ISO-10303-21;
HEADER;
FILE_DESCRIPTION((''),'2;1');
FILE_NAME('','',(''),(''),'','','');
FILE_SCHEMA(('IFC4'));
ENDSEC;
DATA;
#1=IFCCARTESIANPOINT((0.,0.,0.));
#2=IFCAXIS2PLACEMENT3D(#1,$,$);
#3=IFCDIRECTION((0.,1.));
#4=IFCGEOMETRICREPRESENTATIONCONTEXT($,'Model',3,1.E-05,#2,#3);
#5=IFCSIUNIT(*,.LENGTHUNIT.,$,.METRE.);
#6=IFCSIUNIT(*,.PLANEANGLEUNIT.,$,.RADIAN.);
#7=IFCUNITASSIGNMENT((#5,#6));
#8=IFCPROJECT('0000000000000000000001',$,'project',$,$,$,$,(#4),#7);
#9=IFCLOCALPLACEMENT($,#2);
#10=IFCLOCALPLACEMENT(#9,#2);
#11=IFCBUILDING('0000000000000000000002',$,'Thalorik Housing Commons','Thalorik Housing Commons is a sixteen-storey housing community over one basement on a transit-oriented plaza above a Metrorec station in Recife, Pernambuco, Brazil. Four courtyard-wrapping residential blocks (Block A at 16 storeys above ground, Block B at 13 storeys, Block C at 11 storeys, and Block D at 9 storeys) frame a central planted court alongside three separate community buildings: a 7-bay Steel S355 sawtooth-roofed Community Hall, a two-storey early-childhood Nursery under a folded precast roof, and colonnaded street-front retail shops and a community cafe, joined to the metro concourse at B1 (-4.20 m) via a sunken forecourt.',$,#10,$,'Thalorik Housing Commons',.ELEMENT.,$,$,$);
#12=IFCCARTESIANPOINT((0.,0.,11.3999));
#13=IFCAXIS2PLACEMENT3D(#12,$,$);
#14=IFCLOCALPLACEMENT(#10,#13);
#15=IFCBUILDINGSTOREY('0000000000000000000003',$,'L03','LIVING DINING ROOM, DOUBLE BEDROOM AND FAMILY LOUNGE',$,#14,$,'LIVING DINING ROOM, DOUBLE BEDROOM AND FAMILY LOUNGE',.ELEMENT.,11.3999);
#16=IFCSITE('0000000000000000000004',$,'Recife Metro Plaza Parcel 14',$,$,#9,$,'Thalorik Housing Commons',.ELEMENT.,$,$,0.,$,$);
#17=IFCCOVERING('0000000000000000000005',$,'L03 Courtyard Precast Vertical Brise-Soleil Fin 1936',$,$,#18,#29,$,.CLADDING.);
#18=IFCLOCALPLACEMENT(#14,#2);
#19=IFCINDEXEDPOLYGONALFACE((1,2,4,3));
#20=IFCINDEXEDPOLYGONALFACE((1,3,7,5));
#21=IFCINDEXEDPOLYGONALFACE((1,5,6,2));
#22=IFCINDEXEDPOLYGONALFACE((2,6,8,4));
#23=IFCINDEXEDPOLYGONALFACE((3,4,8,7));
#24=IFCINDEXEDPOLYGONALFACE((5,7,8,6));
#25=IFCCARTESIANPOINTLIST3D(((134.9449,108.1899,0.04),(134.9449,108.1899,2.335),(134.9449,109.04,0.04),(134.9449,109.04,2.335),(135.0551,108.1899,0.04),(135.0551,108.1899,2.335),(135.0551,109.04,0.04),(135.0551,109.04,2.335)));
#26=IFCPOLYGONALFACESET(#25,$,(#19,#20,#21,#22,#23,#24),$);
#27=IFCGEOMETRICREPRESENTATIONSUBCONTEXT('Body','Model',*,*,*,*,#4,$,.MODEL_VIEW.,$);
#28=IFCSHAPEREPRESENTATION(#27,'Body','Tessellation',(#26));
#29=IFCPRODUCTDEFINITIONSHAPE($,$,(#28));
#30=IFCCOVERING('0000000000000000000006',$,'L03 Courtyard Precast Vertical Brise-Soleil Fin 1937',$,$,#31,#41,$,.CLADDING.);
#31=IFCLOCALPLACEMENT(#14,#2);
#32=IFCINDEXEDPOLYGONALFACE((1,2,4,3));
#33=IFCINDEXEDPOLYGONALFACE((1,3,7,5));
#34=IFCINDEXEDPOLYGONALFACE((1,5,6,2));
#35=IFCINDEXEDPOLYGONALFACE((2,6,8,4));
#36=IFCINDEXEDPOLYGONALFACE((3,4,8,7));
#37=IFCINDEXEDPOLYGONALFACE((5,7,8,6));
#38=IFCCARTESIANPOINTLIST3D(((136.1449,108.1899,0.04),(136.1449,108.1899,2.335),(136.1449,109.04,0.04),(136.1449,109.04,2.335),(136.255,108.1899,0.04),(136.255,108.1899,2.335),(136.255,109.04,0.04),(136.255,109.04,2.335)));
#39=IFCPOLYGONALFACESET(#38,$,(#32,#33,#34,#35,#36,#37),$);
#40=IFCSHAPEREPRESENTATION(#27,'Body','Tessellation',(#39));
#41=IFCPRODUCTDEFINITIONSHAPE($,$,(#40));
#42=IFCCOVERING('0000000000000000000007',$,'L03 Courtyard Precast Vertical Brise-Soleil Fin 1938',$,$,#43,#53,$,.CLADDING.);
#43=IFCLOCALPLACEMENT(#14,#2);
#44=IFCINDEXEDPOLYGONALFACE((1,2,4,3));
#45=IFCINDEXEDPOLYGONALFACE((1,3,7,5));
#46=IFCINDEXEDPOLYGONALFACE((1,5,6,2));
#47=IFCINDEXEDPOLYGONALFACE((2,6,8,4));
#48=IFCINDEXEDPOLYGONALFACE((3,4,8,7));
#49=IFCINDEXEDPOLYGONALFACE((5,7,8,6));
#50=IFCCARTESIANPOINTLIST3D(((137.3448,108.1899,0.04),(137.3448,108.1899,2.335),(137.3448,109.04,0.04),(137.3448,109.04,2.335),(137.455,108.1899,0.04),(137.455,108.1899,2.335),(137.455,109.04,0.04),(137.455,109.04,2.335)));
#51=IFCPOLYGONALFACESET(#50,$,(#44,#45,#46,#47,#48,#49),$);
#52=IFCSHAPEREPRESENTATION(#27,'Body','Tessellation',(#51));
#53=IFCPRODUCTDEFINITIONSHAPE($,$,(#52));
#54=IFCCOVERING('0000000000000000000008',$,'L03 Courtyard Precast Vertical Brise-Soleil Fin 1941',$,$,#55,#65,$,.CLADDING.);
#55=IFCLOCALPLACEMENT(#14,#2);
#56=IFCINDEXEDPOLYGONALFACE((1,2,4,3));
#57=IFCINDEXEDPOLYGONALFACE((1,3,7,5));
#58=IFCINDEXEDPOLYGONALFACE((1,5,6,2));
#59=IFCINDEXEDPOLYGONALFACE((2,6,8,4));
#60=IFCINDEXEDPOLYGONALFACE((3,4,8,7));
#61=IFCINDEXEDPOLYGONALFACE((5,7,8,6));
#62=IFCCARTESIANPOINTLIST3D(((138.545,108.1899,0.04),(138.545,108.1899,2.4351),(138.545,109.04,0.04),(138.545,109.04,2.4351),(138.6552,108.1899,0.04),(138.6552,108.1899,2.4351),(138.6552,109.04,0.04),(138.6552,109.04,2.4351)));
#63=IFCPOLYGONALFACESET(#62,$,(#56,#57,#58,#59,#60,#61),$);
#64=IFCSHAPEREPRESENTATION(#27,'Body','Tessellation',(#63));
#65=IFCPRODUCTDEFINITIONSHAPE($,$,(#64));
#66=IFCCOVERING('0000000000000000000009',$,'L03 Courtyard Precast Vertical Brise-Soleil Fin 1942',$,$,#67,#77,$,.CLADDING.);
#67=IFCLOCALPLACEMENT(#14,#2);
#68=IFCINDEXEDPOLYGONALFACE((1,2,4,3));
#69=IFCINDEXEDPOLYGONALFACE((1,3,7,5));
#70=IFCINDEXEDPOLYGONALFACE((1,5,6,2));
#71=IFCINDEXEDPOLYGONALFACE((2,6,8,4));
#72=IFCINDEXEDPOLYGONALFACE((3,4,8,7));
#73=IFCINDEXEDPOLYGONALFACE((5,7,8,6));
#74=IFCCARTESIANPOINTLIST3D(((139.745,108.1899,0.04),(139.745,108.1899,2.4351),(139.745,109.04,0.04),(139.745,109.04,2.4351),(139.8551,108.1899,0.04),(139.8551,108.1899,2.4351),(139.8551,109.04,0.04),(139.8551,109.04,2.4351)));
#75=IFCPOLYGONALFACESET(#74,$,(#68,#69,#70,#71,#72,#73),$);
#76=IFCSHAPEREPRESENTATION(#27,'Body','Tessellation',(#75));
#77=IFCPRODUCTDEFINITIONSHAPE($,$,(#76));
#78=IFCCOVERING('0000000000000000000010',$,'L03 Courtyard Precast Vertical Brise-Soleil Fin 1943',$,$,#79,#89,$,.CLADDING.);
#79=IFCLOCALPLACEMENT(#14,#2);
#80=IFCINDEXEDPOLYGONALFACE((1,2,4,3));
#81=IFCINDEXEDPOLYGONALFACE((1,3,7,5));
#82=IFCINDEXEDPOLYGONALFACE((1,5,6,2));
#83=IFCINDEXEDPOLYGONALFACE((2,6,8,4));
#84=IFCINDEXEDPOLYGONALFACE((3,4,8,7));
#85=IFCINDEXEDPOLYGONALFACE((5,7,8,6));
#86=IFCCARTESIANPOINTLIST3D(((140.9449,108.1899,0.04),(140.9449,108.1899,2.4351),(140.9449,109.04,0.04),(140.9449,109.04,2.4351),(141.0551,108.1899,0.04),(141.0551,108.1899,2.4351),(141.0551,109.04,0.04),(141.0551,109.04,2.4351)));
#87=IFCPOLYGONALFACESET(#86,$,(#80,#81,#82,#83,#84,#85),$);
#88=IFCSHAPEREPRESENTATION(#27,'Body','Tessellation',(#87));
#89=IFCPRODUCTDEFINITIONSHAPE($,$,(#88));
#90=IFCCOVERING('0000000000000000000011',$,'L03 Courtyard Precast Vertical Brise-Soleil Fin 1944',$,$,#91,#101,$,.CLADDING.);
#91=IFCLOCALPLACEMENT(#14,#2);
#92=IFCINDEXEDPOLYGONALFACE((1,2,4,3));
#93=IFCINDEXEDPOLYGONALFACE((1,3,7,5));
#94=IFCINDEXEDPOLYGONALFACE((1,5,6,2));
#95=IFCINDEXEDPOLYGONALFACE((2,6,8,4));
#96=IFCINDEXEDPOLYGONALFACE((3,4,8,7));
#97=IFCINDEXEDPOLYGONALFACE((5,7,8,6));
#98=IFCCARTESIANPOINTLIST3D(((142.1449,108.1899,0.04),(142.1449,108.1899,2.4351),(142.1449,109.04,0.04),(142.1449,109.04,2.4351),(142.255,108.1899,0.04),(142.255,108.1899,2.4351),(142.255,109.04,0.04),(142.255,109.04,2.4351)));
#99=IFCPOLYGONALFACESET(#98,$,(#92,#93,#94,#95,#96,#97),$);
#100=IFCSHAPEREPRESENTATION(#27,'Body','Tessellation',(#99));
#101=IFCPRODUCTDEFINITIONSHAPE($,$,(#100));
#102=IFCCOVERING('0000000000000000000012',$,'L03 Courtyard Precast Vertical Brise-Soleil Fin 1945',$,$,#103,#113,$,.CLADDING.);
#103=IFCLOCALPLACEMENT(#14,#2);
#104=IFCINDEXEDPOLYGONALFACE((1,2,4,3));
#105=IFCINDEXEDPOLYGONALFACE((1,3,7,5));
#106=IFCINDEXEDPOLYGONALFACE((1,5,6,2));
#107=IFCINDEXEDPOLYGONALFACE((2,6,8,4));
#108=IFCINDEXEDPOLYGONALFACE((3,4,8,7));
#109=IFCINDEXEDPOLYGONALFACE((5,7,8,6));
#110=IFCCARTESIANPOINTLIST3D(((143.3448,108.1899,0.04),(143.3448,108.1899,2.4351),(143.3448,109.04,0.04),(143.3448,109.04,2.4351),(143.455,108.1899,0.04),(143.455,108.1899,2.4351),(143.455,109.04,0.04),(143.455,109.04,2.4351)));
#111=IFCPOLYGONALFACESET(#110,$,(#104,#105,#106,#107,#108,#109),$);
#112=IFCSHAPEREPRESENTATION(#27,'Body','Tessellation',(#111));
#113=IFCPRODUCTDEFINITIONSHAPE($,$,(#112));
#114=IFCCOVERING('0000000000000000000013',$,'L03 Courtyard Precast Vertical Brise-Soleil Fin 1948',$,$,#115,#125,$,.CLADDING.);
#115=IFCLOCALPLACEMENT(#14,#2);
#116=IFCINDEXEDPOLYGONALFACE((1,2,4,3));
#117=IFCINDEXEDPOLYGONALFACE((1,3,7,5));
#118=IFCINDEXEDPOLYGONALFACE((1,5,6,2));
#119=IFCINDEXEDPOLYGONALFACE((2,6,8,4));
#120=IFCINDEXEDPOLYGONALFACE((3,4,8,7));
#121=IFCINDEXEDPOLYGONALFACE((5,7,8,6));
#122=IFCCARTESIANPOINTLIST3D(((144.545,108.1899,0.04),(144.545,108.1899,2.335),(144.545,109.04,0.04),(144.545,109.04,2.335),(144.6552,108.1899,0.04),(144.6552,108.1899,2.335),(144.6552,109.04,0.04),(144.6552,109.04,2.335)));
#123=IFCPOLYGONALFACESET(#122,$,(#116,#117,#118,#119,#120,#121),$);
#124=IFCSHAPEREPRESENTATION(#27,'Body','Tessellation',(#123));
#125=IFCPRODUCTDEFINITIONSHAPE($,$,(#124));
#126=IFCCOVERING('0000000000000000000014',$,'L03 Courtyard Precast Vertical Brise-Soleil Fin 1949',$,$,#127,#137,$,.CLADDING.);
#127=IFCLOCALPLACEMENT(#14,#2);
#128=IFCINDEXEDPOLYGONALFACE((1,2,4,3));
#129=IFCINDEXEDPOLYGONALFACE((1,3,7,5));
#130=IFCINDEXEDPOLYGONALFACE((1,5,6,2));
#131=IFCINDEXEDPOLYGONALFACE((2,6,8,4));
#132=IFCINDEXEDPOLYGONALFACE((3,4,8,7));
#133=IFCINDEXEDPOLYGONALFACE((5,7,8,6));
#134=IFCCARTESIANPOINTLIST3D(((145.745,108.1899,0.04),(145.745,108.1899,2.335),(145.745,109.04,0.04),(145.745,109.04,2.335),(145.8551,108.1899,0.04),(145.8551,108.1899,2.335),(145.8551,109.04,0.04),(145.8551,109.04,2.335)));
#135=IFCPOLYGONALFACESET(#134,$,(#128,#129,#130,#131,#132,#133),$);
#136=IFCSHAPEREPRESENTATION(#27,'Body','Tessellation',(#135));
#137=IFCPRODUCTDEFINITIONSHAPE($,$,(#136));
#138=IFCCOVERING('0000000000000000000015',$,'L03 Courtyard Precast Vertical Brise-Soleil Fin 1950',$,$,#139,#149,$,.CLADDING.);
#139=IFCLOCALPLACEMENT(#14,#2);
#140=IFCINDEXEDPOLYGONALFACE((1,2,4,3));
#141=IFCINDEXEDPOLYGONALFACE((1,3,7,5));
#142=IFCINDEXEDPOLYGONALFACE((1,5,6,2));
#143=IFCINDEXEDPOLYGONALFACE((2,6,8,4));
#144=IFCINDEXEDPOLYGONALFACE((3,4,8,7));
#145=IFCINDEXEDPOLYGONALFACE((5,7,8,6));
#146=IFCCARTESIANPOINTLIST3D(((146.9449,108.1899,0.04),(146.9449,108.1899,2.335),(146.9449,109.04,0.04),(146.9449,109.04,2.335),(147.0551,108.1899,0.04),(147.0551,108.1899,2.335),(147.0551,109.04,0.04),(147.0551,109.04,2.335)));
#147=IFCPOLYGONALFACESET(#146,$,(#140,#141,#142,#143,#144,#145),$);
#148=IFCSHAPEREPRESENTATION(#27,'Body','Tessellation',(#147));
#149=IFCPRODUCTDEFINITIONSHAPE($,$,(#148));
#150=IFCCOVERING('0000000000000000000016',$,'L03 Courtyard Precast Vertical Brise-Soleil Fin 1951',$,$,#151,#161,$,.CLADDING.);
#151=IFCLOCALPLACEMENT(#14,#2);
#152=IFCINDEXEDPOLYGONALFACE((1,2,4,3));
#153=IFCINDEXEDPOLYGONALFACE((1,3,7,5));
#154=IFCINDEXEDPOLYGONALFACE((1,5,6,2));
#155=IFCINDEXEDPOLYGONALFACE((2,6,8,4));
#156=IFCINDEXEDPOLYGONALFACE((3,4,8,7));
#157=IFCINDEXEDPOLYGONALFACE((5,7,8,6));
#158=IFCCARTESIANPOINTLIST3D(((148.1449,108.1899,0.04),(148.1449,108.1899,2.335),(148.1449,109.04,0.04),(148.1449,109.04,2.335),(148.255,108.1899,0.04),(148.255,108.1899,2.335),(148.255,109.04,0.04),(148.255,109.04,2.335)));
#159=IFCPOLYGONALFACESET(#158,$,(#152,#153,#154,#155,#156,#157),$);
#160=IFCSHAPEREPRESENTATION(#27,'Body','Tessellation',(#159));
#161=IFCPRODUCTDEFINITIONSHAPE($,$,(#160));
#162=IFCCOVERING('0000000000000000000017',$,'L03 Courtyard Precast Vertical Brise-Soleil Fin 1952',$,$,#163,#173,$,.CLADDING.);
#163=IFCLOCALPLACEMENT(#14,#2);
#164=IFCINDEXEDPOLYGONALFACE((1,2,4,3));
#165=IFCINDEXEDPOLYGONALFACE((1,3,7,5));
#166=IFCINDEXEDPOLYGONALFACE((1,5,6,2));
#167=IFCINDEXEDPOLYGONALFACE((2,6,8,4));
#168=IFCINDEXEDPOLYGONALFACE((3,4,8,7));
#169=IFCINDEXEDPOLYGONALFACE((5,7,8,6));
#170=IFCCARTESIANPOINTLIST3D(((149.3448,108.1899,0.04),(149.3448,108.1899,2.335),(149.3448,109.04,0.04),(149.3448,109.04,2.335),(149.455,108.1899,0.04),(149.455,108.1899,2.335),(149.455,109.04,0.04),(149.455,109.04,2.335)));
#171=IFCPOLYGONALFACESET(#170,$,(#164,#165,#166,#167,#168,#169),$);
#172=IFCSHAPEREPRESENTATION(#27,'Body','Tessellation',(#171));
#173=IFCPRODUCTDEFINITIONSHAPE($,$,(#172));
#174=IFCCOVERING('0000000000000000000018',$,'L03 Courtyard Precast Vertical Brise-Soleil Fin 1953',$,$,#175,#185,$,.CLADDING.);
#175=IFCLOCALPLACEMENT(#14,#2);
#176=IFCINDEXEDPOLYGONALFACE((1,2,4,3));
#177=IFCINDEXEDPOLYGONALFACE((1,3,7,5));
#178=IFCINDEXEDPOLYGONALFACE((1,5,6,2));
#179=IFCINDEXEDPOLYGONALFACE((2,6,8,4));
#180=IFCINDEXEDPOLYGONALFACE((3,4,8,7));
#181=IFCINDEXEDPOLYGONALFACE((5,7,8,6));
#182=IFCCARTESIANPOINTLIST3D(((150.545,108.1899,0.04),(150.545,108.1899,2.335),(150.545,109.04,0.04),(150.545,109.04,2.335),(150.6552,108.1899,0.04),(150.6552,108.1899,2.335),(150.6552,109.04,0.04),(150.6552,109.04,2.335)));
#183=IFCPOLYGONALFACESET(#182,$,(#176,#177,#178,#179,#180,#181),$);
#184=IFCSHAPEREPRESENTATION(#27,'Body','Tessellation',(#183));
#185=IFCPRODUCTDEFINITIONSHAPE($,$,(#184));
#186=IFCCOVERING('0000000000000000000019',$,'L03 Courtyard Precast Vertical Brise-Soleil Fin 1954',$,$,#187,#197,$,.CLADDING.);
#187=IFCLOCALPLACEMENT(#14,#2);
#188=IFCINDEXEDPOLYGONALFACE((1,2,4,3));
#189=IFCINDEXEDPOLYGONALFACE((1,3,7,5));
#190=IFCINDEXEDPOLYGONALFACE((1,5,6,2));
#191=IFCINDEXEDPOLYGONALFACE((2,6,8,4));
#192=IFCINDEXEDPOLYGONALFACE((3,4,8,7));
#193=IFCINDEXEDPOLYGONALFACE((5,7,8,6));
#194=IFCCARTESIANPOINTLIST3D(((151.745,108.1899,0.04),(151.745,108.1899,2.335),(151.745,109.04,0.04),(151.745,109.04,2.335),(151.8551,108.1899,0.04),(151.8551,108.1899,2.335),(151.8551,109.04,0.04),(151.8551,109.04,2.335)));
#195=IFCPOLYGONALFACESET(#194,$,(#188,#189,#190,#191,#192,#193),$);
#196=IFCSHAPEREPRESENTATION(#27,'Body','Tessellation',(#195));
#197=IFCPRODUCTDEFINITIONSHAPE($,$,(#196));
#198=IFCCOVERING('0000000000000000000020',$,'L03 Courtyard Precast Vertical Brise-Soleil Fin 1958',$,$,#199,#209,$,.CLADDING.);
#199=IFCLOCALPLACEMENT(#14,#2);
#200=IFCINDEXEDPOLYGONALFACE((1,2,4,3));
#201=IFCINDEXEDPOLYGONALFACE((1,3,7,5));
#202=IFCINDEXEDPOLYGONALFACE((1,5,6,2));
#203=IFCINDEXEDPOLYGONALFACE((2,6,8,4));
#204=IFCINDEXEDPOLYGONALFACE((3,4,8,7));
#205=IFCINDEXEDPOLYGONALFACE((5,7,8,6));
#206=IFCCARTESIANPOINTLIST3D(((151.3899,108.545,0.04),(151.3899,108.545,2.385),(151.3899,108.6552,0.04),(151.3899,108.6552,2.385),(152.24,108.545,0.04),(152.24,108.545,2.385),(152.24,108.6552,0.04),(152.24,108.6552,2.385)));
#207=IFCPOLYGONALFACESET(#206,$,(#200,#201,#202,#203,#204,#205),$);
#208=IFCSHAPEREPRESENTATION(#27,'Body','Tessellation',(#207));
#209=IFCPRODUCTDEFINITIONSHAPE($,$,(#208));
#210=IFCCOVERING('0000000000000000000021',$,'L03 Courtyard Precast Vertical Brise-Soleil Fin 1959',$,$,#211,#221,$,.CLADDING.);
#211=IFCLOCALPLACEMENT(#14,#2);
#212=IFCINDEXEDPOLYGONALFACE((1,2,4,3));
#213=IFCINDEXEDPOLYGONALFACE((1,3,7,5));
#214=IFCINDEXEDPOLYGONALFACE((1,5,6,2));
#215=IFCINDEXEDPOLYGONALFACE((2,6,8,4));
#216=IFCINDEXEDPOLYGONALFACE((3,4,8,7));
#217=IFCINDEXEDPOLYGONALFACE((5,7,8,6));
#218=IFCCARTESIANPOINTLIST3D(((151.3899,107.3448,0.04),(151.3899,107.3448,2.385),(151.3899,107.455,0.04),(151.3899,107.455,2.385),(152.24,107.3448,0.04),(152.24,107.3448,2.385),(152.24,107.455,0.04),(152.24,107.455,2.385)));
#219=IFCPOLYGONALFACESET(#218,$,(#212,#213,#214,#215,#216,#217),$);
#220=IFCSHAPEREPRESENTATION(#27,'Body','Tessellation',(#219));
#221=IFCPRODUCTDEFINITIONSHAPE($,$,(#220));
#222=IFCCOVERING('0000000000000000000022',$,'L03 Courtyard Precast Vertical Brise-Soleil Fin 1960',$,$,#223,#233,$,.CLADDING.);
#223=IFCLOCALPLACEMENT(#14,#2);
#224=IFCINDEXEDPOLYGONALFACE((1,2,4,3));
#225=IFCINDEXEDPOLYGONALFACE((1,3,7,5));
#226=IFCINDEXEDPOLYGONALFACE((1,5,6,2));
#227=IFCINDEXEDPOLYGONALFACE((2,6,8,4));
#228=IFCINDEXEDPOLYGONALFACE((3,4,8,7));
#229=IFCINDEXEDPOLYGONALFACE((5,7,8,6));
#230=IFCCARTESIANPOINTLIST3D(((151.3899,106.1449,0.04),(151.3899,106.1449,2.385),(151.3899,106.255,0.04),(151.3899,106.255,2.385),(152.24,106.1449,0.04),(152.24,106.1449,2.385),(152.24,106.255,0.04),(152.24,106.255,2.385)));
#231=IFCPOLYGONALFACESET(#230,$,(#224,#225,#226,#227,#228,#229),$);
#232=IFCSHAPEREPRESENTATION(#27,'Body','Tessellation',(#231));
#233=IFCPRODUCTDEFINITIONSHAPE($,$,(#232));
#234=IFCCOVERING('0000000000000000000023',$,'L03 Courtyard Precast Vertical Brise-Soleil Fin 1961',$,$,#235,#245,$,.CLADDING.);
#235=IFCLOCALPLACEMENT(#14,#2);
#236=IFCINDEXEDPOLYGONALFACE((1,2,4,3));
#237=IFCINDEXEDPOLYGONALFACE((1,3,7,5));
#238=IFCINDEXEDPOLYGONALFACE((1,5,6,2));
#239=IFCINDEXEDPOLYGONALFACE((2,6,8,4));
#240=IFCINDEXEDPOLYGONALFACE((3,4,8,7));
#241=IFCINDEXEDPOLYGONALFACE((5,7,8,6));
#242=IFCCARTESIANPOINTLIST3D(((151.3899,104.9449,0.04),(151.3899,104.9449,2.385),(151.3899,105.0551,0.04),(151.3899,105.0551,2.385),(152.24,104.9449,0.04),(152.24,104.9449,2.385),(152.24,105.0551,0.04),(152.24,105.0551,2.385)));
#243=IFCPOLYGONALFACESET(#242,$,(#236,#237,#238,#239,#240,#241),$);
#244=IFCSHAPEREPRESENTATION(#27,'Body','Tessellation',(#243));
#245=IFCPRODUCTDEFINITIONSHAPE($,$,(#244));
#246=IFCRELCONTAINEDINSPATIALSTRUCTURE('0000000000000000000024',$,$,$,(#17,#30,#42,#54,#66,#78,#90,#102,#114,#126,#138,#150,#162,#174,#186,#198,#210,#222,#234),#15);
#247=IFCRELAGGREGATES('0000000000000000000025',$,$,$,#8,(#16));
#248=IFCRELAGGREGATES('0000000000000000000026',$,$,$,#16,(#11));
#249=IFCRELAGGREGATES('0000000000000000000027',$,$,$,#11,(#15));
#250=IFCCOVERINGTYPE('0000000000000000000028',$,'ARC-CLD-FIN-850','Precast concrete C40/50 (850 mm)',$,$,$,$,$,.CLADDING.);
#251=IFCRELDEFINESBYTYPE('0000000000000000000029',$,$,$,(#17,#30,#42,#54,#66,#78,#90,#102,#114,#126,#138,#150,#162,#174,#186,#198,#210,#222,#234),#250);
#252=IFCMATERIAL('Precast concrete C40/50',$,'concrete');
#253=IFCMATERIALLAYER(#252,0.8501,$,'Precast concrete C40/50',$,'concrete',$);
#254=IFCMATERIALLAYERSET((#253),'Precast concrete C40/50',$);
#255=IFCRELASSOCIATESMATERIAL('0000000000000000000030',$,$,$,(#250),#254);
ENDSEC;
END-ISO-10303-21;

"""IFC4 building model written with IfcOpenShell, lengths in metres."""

from ifc_helpers import new_model, si_unit, direction, frame, origin, origin_2d, place, context, subcontext, project, spatial, rectangle, extrude, material, layer, layer_set, type_object, element, save


model = new_model("IFC4")

# Units and contexts
model_context = context("Model", 3, precision=1e-05, world=origin(), true_north=direction((0.0, 1.0)))
body_context = subcontext(model_context, "Body", "Model", "MODEL_VIEW")
ifc_project = project(units=[si_unit("LENGTHUNIT", "METRE"), si_unit("PLANEANGLEUNIT", "RADIAN")], contexts=[model_context])

# Site, building, storey
site_placement = place(None, origin())
site = spatial("IfcSite", under=ifc_project, at=site_placement, Name="Recife Metro Plaza Parcel 14", LongName="Thalorik Housing Commons", CompositionType="ELEMENT", RefElevation=0.0)
building_placement = place(site_placement, origin())
building = spatial("IfcBuilding", under=site, at=building_placement, Name="Thalorik Housing Commons", Description="Thalorik Housing Commons is a sixteen-storey housing community over one basement on a transit-oriented plaza above a Metrorec station in Recife, Pernambuco, Brazil. Four courtyard-wrapping residential blocks (Block A at 16 storeys above ground, Block B at 13 storeys, Block C at 11 storeys, and Block D at 9 storeys) frame a central planted court alongside three separate community buildings: a 7-bay Steel S355 sawtooth-roofed Community Hall, a two-storey early-childhood Nursery under a folded precast roof, and colonnaded street-front retail shops and a community cafe, joined to the metro concourse at B1 (-4.20 m) via a sunken forecourt.", LongName="Thalorik Housing Commons", CompositionType="ELEMENT")
storey_placement = place(building_placement, frame((0.0, 0.0, 11.3999)))
storey = spatial("IfcBuildingStorey", under=building, at=storey_placement, Name="L03", Description="LIVING DINING ROOM, DOUBLE BEDROOM AND FAMILY LOUNGE", LongName="LIVING DINING ROOM, DOUBLE BEDROOM AND FAMILY LOUNGE", CompositionType="ELEMENT", Elevation=11.3999)

# Coverings
ifc_material = material(Name="Precast concrete C40/50", Category="concrete")
ifc_layer_1 = layer(ifc_material, 0.8501, Name="Precast concrete C40/50", Category="concrete")
ifc_layer_set_1 = layer_set([ifc_layer_1], Name="Precast concrete C40/50")
covering_type_1 = type_object("IfcCoveringType", Name="ARC-CLD-FIN-850", Description="Precast concrete C40/50 (850 mm)", PredefinedType="CLADDING", material=ifc_layer_set_1)
for number, where, z_axis, x_axis, name in (
    (1, (135.0, 108.615, 0.04), (0.0, 0.0, 1.0), (1.0, 0.0, 0.0), "L03 Courtyard Precast Vertical Brise-Soleil Fin 1936"),
    (2, (136.2, 108.615, 0.04), (0.0, 0.0, 1.0), (1.0, 0.0, 0.0), "L03 Courtyard Precast Vertical Brise-Soleil Fin 1937"),
    (3, (137.3999, 108.615, 0.04), (0.0, 0.0, 1.0), (1.0, 0.0, 0.0), "L03 Courtyard Precast Vertical Brise-Soleil Fin 1938"),
):
    element("IfcCovering", number, at=place(storey_placement, frame(where, z_axis=z_axis, x_axis=x_axis)), inside=storey, type_object=covering_type_1, Name=name, PredefinedType="CLADDING", context=body_context, shape_type="SweptSolid", body=[
        extrude(rectangle(XDim=0.1101, YDim=0.8501, at=origin_2d()), origin(), (0.0, 0.0, 1.0), 2.2949),
    ])
for number, where, z_axis, x_axis, name in (
    (4, (138.6001, 108.615, 0.04), (0.0, 0.0, 1.0), (1.0, 0.0, 0.0), "L03 Courtyard Precast Vertical Brise-Soleil Fin 1941"),
    (5, (139.8, 108.615, 0.04), (0.0, 0.0, 1.0), (1.0, 0.0, 0.0), "L03 Courtyard Precast Vertical Brise-Soleil Fin 1942"),
    (6, (141.0, 108.615, 0.04), (0.0, 0.0, 1.0), (1.0, 0.0, 0.0), "L03 Courtyard Precast Vertical Brise-Soleil Fin 1943"),
    (7, (142.2, 108.615, 0.04), (0.0, 0.0, 1.0), (1.0, 0.0, 0.0), "L03 Courtyard Precast Vertical Brise-Soleil Fin 1944"),
    (8, (143.3999, 108.615, 0.04), (0.0, 0.0, 1.0), (1.0, 0.0, 0.0), "L03 Courtyard Precast Vertical Brise-Soleil Fin 1945"),
):
    element("IfcCovering", number, at=place(storey_placement, frame(where, z_axis=z_axis, x_axis=x_axis)), inside=storey, type_object=covering_type_1, Name=name, PredefinedType="CLADDING", context=body_context, shape_type="SweptSolid", body=[
        extrude(rectangle(XDim=0.1101, YDim=0.8501, at=origin_2d()), origin(), (0.0, 0.0, 1.0), 2.395),
    ])
for number, where, z_axis, x_axis, name in (
    (9, (144.6001, 108.615, 0.04), (0.0, 0.0, 1.0), (1.0, 0.0, 0.0), "L03 Courtyard Precast Vertical Brise-Soleil Fin 1948"),
    (10, (145.8, 108.615, 0.04), (0.0, 0.0, 1.0), (1.0, 0.0, 0.0), "L03 Courtyard Precast Vertical Brise-Soleil Fin 1949"),
    (11, (147.0, 108.615, 0.04), (0.0, 0.0, 1.0), (1.0, 0.0, 0.0), "L03 Courtyard Precast Vertical Brise-Soleil Fin 1950"),
    (12, (148.2, 108.615, 0.04), (0.0, 0.0, 1.0), (1.0, 0.0, 0.0), "L03 Courtyard Precast Vertical Brise-Soleil Fin 1951"),
    (13, (149.3999, 108.615, 0.04), (0.0, 0.0, 1.0), (1.0, 0.0, 0.0), "L03 Courtyard Precast Vertical Brise-Soleil Fin 1952"),
    (14, (150.6001, 108.615, 0.04), (0.0, 0.0, 1.0), (1.0, 0.0, 0.0), "L03 Courtyard Precast Vertical Brise-Soleil Fin 1953"),
    (15, (151.8, 108.615, 0.04), (0.0, 0.0, 1.0), (1.0, 0.0, 0.0), "L03 Courtyard Precast Vertical Brise-Soleil Fin 1954"),
):
    element("IfcCovering", number, at=place(storey_placement, frame(where, z_axis=z_axis, x_axis=x_axis)), inside=storey, type_object=covering_type_1, Name=name, PredefinedType="CLADDING", context=body_context, shape_type="SweptSolid", body=[
        extrude(rectangle(XDim=0.1101, YDim=0.8501, at=origin_2d()), origin(), (0.0, 0.0, 1.0), 2.2949),
    ])
for number, where, z_axis, x_axis, name in (
    (16, (151.8149, 108.6001, 0.04), (0.0, 0.0, 1.0), (0.0, -1.0, 0.0), "L03 Courtyard Precast Vertical Brise-Soleil Fin 1958"),
    (17, (151.8149, 107.3999, 0.04), (0.0, 0.0, 1.0), (0.0, -1.0, 0.0), "L03 Courtyard Precast Vertical Brise-Soleil Fin 1959"),
    (18, (151.8149, 106.2, 0.04), (0.0, 0.0, 1.0), (0.0, -1.0, 0.0), "L03 Courtyard Precast Vertical Brise-Soleil Fin 1960"),
    (19, (151.8149, 105.0, 0.04), (0.0, 0.0, 1.0), (0.0, -1.0, 0.0), "L03 Courtyard Precast Vertical Brise-Soleil Fin 1961"),
):
    element("IfcCovering", number, at=place(storey_placement, frame(where, z_axis=z_axis, x_axis=x_axis)), inside=storey, type_object=covering_type_1, Name=name, PredefinedType="CLADDING", context=body_context, shape_type="SweptSolid", body=[
        extrude(rectangle(XDim=0.1101, YDim=0.8501, at=origin_2d()), origin(), (0.0, 0.0, 1.0), 2.345),
    ])

save(model, "model.ifc")
